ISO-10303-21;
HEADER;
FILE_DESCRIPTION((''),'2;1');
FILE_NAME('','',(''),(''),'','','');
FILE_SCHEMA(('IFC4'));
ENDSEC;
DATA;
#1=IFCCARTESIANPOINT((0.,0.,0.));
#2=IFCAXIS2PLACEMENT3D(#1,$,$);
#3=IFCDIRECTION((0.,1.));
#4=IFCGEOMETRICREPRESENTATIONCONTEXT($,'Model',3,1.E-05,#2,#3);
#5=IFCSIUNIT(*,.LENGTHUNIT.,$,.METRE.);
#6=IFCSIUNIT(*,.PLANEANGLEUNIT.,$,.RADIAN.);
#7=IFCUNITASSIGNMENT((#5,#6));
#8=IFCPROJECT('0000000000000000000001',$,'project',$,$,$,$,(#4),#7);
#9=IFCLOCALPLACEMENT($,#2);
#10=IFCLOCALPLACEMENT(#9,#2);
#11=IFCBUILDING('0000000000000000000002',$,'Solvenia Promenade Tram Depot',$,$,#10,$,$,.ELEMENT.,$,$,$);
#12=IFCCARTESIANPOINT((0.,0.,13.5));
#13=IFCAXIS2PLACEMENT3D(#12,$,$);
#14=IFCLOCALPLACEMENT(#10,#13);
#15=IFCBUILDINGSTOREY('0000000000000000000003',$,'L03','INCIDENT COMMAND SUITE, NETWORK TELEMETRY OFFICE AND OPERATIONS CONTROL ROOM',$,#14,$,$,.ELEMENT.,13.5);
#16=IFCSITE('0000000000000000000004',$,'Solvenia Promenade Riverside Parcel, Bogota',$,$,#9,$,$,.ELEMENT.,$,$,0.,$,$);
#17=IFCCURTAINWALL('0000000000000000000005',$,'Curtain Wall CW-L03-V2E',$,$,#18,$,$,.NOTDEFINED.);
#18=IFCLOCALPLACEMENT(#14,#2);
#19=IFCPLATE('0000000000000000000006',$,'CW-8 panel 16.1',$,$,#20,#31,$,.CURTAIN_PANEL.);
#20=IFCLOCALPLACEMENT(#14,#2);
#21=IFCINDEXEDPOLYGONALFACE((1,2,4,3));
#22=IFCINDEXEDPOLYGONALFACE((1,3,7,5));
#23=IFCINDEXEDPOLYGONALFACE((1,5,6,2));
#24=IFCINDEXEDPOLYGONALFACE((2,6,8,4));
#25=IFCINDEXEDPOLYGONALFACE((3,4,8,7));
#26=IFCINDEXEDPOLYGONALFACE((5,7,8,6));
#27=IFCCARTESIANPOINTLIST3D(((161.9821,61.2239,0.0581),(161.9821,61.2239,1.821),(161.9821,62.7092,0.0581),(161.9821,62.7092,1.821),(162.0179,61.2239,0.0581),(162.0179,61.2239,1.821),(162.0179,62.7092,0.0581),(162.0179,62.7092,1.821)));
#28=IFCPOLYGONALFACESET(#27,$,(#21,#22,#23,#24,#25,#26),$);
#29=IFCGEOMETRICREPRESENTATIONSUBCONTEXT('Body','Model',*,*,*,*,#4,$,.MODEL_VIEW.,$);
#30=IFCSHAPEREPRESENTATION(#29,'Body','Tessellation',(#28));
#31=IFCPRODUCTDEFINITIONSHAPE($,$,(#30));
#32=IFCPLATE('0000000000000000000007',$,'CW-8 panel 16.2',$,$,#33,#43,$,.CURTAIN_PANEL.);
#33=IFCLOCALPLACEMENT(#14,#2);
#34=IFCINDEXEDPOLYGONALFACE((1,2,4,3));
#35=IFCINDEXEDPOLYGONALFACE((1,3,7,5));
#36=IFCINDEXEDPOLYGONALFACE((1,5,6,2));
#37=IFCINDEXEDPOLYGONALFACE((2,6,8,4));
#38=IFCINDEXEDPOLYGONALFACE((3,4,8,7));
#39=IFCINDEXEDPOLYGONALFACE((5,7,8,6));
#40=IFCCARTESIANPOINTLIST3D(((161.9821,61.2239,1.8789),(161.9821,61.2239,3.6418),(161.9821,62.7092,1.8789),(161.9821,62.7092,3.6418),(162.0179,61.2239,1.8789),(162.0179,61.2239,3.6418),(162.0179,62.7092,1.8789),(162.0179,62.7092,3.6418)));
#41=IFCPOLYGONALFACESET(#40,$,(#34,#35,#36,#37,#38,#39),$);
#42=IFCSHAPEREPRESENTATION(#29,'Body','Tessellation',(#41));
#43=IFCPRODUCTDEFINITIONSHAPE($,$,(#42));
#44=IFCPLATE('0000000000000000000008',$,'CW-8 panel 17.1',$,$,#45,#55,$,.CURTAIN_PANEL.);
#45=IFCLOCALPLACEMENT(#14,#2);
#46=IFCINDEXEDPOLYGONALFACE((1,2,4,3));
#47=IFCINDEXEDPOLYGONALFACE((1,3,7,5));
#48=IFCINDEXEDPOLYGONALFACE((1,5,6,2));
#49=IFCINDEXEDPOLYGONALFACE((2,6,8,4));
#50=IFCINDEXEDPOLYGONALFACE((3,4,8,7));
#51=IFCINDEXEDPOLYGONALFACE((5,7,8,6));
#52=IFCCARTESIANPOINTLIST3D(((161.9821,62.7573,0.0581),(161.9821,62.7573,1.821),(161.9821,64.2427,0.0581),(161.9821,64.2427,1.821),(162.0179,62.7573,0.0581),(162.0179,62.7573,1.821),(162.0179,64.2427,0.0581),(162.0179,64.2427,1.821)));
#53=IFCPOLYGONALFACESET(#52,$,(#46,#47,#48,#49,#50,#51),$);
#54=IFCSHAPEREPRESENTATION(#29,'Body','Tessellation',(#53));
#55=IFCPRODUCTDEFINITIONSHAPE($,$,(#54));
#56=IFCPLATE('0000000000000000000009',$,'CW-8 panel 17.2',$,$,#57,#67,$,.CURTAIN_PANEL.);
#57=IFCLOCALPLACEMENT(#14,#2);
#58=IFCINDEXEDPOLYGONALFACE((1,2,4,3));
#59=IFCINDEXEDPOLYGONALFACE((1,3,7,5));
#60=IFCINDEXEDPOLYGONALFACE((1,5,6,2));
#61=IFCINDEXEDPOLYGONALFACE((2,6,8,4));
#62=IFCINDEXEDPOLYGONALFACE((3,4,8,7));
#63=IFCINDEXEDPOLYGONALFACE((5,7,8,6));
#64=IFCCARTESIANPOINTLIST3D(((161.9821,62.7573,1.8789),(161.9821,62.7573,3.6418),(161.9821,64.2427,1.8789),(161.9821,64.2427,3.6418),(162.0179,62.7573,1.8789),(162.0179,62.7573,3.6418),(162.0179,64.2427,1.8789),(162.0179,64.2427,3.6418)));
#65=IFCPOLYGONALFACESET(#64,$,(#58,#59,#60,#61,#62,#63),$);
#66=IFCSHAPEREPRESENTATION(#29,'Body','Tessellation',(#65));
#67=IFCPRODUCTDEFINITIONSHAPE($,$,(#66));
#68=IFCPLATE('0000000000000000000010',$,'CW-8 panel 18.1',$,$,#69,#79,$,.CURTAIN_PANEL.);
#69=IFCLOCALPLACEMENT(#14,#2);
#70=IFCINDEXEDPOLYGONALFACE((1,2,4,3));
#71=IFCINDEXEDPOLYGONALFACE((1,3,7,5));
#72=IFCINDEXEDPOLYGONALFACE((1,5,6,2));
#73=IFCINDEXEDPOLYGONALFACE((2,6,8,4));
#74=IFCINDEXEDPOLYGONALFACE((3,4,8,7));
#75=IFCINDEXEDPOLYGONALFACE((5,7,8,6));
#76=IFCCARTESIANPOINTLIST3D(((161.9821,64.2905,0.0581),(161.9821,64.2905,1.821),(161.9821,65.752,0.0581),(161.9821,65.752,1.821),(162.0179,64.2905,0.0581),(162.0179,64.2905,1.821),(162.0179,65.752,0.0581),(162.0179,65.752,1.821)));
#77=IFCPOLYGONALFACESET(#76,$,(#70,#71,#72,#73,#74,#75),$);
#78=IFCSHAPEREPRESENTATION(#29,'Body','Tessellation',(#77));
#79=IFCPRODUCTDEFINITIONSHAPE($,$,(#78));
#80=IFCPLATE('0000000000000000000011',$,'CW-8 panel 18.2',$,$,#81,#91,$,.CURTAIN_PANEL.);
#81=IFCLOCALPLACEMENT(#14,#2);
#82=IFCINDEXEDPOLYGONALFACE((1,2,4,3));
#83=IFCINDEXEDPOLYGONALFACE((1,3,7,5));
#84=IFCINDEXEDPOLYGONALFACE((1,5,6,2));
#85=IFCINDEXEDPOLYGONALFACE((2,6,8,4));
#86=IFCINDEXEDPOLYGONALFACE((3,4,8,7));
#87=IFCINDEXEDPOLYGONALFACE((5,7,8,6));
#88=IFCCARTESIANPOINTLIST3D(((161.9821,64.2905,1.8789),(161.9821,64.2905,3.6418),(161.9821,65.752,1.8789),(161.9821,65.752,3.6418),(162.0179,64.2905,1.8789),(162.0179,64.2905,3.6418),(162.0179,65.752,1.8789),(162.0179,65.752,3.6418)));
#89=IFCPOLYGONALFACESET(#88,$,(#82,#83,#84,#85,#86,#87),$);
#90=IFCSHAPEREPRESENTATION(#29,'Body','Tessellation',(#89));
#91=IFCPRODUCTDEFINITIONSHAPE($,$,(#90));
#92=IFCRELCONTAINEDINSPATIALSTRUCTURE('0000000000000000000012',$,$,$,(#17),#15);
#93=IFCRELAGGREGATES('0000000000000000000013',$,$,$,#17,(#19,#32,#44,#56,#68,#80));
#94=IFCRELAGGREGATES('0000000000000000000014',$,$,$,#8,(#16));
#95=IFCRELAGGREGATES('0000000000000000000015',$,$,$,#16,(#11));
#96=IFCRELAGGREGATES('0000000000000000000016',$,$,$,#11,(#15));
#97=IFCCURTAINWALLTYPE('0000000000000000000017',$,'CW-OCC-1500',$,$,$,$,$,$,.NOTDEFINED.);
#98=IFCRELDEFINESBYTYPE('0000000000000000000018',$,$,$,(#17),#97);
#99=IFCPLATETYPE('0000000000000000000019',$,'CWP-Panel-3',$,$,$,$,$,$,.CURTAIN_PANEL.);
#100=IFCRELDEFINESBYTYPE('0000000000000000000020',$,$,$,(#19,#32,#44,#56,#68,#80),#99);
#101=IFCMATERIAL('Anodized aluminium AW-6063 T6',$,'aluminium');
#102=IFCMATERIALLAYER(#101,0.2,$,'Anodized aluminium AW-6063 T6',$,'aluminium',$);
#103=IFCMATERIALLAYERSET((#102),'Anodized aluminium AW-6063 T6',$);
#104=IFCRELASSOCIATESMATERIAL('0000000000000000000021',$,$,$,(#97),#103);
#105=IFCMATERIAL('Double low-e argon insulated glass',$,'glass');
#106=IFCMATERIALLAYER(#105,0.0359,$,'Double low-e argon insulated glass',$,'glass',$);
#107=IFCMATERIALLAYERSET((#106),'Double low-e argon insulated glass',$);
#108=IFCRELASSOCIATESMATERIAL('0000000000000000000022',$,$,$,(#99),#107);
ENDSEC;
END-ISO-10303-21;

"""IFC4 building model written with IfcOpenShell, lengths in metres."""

from ifc_helpers import new_model, si_unit, direction, frame, origin, origin_2d, place, context, subcontext, project, spatial, rectangle, extrude, material, layer, layer_set, type_object, element, aggregate, save


model = new_model("IFC4")

# Units and contexts
model_context = context("Model", 3, precision=1e-05, world=origin(), true_north=direction((0.0, 1.0)))
body_context = subcontext(model_context, "Body", "Model", "MODEL_VIEW")
ifc_project = project(units=[si_unit("LENGTHUNIT", "METRE"), si_unit("PLANEANGLEUNIT", "RADIAN")], contexts=[model_context])

# Site, building, storey
site_placement = place(None, origin())
site = spatial("IfcSite", under=ifc_project, at=site_placement, Name="Solvenia Promenade Riverside Parcel, Bogota", CompositionType="ELEMENT", RefElevation=0.0)
building_placement = place(site_placement, origin())
building = spatial("IfcBuilding", under=site, at=building_placement, Name="Solvenia Promenade Tram Depot", CompositionType="ELEMENT")
storey_placement = place(building_placement, frame((0.0, 0.0, 13.5)))
storey = spatial("IfcBuildingStorey", under=building, at=storey_placement, Name="L03", Description="INCIDENT COMMAND SUITE, NETWORK TELEMETRY OFFICE AND OPERATIONS CONTROL ROOM", CompositionType="ELEMENT", Elevation=13.5)

# Curtain wall
ifc_material_1 = material(Name="Anodized aluminium AW-6063 T6", Category="aluminium")
ifc_layer_1 = layer(ifc_material_1, 0.2, Name="Anodized aluminium AW-6063 T6", Category="aluminium")
ifc_layer_set_1 = layer_set([ifc_layer_1], Name="Anodized aluminium AW-6063 T6")
curtain_wall_type = type_object("IfcCurtainWallType", Name="CW-OCC-1500", PredefinedType="NOTDEFINED", material=ifc_layer_set_1)
curtain_wall_1_placement = place(storey_placement, origin())
curtain_wall_1 = element("IfcCurtainWall", 1, at=curtain_wall_1_placement, inside=storey, type_object=curtain_wall_type, Name="Curtain Wall CW-L03-V2E", PredefinedType="NOTDEFINED")

# Plates
ifc_material_2 = material(Name="Double low-e argon insulated glass", Category="glass")
ifc_layer_2 = layer(ifc_material_2, 0.0359, Name="Double low-e argon insulated glass", Category="glass")
ifc_layer_set_2 = layer_set([ifc_layer_2], Name="Double low-e argon insulated glass")
plate_type_1 = type_object("IfcPlateType", Name="CWP-Panel-3", PredefinedType="CURTAIN_PANEL", material=ifc_layer_set_2)
plate_1_placement = place(storey_placement, frame((162.0, 61.9666, 0.0581), z_axis=(0.0, 0.0, 1.0), x_axis=(0.0, 1.0, 0.0)))
plate_1 = element("IfcPlate", 2, at=plate_1_placement, type_object=plate_type_1, Name="CW-8 panel 16.1", PredefinedType="CURTAIN_PANEL", context=body_context, shape_type="SweptSolid", body=[
    extrude(rectangle(XDim=1.4854, YDim=0.0359, at=origin_2d()), origin(), (0.0, 0.0, 1.0), 1.7629),
])
plate_2_placement = place(storey_placement, frame((162.0, 61.9666, 1.8789), z_axis=(0.0, 0.0, 1.0), x_axis=(0.0, 1.0, 0.0)))
plate_2 = element("IfcPlate", 3, at=plate_2_placement, type_object=plate_type_1, Name="CW-8 panel 16.2", PredefinedType="CURTAIN_PANEL", context=body_context, shape_type="SweptSolid", body=[
    extrude(rectangle(XDim=1.4854, YDim=0.0359, at=origin_2d()), origin(), (0.0, 0.0, 1.0), 1.7629),
])
plate_3_placement = place(storey_placement, frame((162.0, 63.5, 0.0581), z_axis=(0.0, 0.0, 1.0), x_axis=(0.0, 1.0, 0.0)))
plate_3 = element("IfcPlate", 4, at=plate_3_placement, type_object=plate_type_1, Name="CW-8 panel 17.1", PredefinedType="CURTAIN_PANEL", context=body_context, shape_type="SweptSolid", body=[
    extrude(rectangle(XDim=1.4854, YDim=0.0359, at=origin_2d()), origin(), (0.0, 0.0, 1.0), 1.7629),
])
plate_4_placement = place(storey_placement, frame((162.0, 63.5, 1.8789), z_axis=(0.0, 0.0, 1.0), x_axis=(0.0, 1.0, 0.0)))
plate_4 = element("IfcPlate", 5, at=plate_4_placement, type_object=plate_type_1, Name="CW-8 panel 17.2", PredefinedType="CURTAIN_PANEL", context=body_context, shape_type="SweptSolid", body=[
    extrude(rectangle(XDim=1.4854, YDim=0.0359, at=origin_2d()), origin(), (0.0, 0.0, 1.0), 1.7629),
])
plate_5_placement = place(storey_placement, frame((162.0, 65.0212, 0.0581), z_axis=(0.0, 0.0, 1.0), x_axis=(0.0, 1.0, 0.0)))
plate_5 = element("IfcPlate", 6, at=plate_5_placement, type_object=plate_type_1, Name="CW-8 panel 18.1", PredefinedType="CURTAIN_PANEL", context=body_context, shape_type="SweptSolid", body=[
    extrude(rectangle(XDim=1.4614, YDim=0.0359, at=origin_2d()), origin(), (0.0, 0.0, 1.0), 1.7629),
])
plate_6_placement = place(storey_placement, frame((162.0, 65.0212, 1.8789), z_axis=(0.0, 0.0, 1.0), x_axis=(0.0, 1.0, 0.0)))
plate_6 = element("IfcPlate", 7, at=plate_6_placement, type_object=plate_type_1, Name="CW-8 panel 18.2", PredefinedType="CURTAIN_PANEL", context=body_context, shape_type="SweptSolid", body=[
    extrude(rectangle(XDim=1.4614, YDim=0.0359, at=origin_2d()), origin(), (0.0, 0.0, 1.0), 1.7629),
])
aggregate(curtain_wall_1, [plate_1, plate_2, plate_3, plate_4, plate_5, plate_6])

save(model, "model.ifc")
